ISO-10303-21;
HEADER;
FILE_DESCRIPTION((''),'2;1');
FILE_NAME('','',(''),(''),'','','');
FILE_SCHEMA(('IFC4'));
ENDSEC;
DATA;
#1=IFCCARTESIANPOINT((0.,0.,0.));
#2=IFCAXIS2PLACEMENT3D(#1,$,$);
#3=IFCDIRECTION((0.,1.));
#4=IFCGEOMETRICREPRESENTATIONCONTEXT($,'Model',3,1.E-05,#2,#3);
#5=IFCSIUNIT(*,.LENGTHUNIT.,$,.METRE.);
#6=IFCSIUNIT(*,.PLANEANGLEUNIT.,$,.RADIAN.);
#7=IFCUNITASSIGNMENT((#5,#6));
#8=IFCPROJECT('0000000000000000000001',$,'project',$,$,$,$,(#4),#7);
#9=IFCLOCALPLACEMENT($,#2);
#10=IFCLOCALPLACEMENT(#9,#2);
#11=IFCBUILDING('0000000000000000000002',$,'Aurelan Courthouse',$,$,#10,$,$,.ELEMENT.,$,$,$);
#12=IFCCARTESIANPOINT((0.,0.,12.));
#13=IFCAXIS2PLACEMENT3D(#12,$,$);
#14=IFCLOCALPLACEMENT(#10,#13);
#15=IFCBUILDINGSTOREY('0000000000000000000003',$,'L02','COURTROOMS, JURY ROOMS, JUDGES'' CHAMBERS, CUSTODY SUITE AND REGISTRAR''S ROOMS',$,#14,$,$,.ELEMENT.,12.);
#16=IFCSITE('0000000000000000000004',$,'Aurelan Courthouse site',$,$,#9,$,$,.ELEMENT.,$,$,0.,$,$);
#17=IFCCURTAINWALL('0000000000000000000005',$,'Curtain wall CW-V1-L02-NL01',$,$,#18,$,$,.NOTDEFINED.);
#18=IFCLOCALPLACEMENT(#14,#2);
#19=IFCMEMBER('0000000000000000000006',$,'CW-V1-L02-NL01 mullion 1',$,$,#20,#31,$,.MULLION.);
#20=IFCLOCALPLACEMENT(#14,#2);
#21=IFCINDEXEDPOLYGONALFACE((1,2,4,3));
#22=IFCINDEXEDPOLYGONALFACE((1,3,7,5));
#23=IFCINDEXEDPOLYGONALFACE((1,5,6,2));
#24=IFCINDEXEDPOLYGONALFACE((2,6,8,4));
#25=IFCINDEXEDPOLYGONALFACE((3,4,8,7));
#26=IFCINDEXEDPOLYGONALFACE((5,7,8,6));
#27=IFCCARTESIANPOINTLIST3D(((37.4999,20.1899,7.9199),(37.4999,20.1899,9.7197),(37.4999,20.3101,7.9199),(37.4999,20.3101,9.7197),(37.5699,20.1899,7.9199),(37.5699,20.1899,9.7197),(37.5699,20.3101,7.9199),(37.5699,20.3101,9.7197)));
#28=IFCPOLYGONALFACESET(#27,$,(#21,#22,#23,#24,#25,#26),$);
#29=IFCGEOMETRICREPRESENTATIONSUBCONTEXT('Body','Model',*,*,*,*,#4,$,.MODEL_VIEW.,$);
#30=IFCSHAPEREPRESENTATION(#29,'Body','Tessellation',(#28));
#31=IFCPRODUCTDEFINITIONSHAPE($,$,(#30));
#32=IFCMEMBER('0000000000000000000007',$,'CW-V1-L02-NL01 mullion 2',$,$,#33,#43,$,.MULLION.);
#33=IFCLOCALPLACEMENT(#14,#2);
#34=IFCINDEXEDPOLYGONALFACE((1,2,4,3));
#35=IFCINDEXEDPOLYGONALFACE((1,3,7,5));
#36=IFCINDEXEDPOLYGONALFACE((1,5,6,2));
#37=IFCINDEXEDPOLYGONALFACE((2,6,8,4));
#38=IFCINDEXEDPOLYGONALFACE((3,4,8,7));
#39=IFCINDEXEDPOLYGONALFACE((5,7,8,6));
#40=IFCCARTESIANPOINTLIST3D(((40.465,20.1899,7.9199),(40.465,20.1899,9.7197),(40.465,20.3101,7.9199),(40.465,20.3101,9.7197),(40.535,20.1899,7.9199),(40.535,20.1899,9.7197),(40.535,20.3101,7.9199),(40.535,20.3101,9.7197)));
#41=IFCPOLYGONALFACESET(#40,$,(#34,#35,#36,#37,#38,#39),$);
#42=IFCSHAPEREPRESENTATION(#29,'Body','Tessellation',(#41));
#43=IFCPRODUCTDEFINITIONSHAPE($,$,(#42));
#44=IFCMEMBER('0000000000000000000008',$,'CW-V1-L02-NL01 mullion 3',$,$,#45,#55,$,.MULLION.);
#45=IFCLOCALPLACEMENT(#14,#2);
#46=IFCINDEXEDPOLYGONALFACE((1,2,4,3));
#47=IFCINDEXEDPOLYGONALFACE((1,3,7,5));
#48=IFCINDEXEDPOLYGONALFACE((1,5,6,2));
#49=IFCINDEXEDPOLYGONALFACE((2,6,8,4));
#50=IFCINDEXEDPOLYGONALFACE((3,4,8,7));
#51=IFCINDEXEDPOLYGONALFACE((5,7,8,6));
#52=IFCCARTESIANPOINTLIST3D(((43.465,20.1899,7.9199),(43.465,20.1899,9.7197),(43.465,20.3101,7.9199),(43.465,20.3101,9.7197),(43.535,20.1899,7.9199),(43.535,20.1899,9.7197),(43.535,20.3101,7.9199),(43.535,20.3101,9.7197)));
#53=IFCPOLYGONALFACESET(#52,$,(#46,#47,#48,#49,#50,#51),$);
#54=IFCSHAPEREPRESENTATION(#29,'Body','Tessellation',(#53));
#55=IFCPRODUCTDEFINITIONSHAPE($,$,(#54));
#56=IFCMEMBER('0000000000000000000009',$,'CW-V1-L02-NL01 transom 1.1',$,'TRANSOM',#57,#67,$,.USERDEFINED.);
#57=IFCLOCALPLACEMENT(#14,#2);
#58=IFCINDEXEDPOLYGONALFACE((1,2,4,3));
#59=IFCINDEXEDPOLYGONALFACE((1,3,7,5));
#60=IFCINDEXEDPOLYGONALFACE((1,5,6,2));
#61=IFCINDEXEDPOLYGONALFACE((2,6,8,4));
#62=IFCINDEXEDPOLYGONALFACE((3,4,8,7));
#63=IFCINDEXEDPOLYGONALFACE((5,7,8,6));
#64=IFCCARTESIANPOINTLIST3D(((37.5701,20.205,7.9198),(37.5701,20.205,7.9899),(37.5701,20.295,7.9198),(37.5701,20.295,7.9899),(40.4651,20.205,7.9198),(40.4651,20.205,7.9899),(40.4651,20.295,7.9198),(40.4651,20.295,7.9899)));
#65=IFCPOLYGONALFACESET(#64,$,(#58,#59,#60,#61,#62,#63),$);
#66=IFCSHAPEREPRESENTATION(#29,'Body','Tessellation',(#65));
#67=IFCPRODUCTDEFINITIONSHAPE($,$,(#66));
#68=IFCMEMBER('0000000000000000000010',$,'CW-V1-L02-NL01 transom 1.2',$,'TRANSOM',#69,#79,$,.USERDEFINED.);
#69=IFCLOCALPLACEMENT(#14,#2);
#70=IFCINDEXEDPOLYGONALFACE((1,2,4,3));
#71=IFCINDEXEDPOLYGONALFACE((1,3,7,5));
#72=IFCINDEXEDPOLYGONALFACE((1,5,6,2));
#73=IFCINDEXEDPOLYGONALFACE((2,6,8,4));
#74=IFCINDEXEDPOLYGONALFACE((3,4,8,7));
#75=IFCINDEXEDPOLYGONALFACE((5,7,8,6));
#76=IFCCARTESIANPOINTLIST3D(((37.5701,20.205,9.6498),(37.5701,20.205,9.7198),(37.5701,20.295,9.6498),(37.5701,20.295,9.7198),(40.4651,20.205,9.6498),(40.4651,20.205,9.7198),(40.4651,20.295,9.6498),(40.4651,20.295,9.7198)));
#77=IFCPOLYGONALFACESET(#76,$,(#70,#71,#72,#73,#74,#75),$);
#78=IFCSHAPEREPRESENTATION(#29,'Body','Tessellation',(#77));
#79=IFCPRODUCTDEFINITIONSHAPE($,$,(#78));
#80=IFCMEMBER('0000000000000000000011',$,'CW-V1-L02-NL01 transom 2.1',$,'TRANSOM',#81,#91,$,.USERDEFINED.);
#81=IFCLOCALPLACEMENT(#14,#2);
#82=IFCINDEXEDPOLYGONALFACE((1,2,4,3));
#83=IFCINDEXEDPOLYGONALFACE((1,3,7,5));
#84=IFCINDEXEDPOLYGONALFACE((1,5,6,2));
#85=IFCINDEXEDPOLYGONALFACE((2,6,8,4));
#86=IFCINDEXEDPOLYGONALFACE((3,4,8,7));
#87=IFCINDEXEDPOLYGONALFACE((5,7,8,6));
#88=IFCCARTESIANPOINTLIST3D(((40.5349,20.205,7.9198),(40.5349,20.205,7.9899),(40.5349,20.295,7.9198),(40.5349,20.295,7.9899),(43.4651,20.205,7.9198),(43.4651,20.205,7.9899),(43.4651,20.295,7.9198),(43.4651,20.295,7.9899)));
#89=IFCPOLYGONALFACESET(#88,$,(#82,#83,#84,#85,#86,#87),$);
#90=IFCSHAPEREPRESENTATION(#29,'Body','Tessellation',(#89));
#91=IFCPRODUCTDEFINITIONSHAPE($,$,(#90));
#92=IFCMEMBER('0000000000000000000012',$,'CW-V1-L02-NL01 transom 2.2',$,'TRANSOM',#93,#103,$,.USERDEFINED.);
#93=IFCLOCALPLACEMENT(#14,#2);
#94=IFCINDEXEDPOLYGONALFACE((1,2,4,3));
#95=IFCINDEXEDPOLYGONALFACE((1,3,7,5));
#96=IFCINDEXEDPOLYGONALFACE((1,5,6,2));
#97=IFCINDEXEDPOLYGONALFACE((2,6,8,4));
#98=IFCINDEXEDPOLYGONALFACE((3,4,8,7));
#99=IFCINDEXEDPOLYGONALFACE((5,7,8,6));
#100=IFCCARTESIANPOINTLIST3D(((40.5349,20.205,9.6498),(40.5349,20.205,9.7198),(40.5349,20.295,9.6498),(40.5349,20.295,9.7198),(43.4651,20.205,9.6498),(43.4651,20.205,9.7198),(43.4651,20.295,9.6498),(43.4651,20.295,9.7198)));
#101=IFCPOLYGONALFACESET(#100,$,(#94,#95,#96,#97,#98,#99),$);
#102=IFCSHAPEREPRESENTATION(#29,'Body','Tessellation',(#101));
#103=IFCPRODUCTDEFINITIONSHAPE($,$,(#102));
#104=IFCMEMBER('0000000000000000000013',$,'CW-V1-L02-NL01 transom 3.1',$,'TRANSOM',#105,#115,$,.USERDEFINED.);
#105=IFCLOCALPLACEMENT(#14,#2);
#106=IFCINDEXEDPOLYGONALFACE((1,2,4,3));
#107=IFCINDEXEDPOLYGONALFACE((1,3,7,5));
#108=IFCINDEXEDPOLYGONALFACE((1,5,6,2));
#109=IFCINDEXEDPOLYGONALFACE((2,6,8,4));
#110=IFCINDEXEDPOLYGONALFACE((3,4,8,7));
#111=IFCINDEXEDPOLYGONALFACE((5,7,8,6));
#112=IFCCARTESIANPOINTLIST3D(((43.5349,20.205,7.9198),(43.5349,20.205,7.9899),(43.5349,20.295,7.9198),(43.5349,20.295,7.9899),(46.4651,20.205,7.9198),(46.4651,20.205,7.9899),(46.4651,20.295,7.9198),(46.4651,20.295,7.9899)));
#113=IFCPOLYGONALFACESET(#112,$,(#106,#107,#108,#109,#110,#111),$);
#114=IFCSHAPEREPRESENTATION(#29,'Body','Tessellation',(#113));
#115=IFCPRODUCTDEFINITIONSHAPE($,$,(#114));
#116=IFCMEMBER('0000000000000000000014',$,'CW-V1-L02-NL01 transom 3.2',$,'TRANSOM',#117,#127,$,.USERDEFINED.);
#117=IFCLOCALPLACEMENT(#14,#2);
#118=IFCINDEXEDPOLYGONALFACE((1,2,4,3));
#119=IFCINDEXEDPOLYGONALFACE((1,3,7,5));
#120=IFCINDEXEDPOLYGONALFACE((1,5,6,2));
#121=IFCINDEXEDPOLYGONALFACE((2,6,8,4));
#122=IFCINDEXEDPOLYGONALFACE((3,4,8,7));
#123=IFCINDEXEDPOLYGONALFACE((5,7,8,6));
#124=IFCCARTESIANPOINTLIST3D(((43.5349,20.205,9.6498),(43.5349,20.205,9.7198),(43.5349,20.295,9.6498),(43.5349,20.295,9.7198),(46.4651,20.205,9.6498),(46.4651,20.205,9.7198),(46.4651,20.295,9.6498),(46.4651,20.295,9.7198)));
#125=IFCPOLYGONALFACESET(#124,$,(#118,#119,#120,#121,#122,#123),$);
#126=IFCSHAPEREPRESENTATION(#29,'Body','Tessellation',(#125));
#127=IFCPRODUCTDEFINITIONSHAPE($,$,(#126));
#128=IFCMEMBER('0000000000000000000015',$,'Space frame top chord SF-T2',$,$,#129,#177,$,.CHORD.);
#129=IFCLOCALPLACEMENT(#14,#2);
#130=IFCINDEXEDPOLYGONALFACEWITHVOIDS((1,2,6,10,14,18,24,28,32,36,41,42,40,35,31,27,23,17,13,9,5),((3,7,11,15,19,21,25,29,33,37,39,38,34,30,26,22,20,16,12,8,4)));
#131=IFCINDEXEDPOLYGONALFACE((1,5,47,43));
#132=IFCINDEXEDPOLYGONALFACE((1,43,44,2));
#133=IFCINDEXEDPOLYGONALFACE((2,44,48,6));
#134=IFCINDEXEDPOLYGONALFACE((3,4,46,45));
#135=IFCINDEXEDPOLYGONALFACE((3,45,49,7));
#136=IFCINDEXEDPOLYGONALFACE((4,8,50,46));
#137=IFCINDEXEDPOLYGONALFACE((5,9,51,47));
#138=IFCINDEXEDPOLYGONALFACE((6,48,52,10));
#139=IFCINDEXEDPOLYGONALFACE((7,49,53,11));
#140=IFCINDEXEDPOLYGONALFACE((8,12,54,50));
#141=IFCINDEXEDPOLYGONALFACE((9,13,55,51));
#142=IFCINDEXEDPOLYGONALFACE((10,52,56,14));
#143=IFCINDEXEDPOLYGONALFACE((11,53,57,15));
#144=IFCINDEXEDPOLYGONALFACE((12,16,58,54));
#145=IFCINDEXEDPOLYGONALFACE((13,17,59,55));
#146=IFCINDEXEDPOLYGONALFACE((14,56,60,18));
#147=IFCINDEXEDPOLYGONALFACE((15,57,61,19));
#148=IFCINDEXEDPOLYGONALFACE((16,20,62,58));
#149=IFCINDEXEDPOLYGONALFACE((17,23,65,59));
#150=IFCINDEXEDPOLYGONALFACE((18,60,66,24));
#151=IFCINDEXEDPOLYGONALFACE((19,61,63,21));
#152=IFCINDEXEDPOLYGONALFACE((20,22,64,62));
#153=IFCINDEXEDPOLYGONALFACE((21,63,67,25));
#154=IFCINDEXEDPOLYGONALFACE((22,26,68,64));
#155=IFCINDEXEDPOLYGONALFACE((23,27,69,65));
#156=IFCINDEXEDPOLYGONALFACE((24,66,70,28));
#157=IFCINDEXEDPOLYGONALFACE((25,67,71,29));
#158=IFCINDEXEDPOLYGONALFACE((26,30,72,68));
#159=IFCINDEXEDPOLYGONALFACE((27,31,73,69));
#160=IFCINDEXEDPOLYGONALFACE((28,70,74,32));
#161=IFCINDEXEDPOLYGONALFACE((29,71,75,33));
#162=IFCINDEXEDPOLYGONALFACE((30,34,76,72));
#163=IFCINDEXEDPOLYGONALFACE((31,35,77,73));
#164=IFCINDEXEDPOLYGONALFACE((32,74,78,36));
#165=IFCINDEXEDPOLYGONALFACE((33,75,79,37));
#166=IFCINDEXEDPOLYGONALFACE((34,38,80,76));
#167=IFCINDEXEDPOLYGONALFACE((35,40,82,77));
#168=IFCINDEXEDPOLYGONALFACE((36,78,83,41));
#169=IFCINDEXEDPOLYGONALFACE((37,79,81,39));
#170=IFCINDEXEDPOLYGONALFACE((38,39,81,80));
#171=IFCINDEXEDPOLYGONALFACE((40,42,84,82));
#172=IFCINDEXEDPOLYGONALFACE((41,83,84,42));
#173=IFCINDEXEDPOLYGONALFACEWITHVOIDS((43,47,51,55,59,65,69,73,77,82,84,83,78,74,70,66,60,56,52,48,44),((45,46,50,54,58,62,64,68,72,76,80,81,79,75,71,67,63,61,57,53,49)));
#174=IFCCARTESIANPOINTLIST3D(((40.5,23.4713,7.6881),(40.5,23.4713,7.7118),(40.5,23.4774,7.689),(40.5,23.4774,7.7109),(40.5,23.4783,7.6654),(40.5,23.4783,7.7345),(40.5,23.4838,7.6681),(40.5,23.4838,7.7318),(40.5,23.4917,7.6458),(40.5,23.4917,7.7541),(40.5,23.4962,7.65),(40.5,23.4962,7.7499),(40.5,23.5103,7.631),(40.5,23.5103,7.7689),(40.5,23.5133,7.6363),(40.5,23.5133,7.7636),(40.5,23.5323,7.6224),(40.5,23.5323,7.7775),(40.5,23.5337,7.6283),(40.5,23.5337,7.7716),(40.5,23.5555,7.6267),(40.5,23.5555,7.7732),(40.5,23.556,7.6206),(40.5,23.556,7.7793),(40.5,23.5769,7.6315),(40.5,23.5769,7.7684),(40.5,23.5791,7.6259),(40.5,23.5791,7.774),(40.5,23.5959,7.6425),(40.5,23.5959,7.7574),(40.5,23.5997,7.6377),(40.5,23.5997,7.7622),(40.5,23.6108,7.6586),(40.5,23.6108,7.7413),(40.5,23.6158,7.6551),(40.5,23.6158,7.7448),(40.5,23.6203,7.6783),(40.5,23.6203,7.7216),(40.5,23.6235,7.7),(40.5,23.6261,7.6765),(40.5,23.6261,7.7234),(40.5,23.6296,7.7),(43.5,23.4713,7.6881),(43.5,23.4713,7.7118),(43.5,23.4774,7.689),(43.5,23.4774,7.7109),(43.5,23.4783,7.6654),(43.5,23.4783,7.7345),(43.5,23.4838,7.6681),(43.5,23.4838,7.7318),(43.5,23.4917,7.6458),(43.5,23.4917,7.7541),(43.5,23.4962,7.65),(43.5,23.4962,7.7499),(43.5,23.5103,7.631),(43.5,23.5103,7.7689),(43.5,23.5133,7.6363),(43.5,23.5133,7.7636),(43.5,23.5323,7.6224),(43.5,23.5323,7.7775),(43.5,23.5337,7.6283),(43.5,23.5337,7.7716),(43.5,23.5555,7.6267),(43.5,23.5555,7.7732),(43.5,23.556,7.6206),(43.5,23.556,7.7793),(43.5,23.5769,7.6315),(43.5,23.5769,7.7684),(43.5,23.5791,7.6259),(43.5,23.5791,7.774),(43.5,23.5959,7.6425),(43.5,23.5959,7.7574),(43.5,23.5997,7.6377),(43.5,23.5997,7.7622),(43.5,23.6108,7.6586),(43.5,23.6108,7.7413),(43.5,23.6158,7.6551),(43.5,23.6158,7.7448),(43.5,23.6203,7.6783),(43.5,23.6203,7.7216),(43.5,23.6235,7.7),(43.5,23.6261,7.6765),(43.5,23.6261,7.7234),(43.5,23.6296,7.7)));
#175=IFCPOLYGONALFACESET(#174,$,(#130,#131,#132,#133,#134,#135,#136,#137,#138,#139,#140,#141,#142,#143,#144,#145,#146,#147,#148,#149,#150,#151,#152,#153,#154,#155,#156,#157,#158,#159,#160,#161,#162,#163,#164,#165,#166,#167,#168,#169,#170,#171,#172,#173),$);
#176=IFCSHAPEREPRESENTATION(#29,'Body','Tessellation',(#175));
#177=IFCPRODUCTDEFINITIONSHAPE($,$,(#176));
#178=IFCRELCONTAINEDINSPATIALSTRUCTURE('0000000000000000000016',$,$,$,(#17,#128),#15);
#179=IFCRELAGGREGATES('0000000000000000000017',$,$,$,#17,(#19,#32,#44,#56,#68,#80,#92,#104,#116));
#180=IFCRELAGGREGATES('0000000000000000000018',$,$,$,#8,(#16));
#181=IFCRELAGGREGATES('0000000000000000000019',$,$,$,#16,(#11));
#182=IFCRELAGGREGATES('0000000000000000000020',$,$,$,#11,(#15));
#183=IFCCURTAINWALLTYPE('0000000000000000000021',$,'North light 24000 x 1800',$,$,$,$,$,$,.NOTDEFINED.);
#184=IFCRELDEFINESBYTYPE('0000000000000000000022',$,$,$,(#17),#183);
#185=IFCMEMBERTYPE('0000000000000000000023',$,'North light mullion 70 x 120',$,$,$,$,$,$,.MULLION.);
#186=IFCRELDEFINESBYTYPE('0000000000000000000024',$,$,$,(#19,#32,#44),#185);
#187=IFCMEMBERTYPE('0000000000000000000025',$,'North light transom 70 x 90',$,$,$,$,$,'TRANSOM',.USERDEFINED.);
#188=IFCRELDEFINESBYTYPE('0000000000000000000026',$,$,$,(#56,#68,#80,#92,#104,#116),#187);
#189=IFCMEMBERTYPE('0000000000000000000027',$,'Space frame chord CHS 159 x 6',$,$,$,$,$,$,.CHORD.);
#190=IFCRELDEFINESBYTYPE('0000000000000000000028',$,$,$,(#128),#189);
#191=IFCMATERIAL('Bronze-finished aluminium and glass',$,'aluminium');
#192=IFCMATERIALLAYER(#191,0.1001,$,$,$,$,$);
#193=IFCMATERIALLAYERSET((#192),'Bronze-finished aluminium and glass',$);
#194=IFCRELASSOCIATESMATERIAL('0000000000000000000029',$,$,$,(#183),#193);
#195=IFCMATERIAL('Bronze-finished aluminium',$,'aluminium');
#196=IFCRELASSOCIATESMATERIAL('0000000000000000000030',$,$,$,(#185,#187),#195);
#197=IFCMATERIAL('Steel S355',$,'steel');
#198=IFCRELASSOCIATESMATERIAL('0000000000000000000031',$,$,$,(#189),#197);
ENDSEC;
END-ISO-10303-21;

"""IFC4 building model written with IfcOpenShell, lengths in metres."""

from ifc_helpers import new_model, si_unit, direction, frame, origin, origin_2d, place, context, subcontext, project, spatial, rectangle, hollow_circle, extrude, material, layer, layer_set, material_profile, profile_set, type_object, element, aggregate, save


model = new_model("IFC4")

# Units and contexts
model_context = context("Model", 3, precision=1e-05, world=origin(), true_north=direction((0.0, 1.0)))
body_context = subcontext(model_context, "Body", "Model", "MODEL_VIEW")
ifc_project = project(units=[si_unit("LENGTHUNIT", "METRE"), si_unit("PLANEANGLEUNIT", "RADIAN")], contexts=[model_context])

# Site, building, storey
site_placement = place(None, origin())
site = spatial("IfcSite", under=ifc_project, at=site_placement, Name="Aurelan Courthouse site", CompositionType="ELEMENT", RefElevation=0.0)
building_placement = place(site_placement, origin())
building = spatial("IfcBuilding", under=site, at=building_placement, Name="Aurelan Courthouse", CompositionType="ELEMENT")
storey_placement = place(building_placement, frame((0.0, 0.0, 12.0)))
storey = spatial("IfcBuildingStorey", under=building, at=storey_placement, Name="L02", Description="COURTROOMS, JURY ROOMS, JUDGES' CHAMBERS, CUSTODY SUITE AND REGISTRAR'S ROOMS", CompositionType="ELEMENT", Elevation=12.0)

# Curtain wall, members
ifc_material_1 = material(Name="Bronze-finished aluminium and glass", Category="aluminium")
ifc_layer_1 = layer(ifc_material_1, 0.1001)
ifc_layer_set_1 = layer_set([ifc_layer_1], Name="Bronze-finished aluminium and glass")
curtain_wall_type = type_object("IfcCurtainWallType", Name="North light 24000 x 1800", PredefinedType="NOTDEFINED", material=ifc_layer_set_1)
curtain_wall_placement = place(storey_placement, origin())
curtain_wall = element("IfcCurtainWall", 1, at=curtain_wall_placement, inside=storey, type_object=curtain_wall_type, Name="Curtain wall CW-V1-L02-NL01", PredefinedType="NOTDEFINED")
ifc_material_2 = material(Name="Bronze-finished aluminium", Category="aluminium")
ifc_material_profile_1 = material_profile(ifc_material_2, rectangle(XDim=0.1201, YDim=0.0701, at=origin_2d()), Name="North light mullion 70 x 120")
ifc_profile_set_1 = profile_set([ifc_material_profile_1], Name="Bronze-finished aluminium")
member_type_1 = type_object("IfcMemberType", Name="North light mullion 70 x 120", PredefinedType="MULLION", material=ifc_profile_set_1)
member_1_placement = place(storey_placement, frame((37.5349, 20.25, 7.9199), z_axis=(0.0, 0.0, 1.0), x_axis=(0.0, 1.0, 0.0)))
member_1 = element("IfcMember", 2, at=member_1_placement, type_object=member_type_1, Name="CW-V1-L02-NL01 mullion 1", PredefinedType="MULLION", context=body_context, shape_type="SweptSolid", body=[
    extrude(rectangle(XDim=0.1201, YDim=0.0701, at=origin_2d()), origin(), (0.0, 0.0, 1.0), 1.7998),
])
member_2_placement = place(storey_placement, frame((40.5, 20.25, 7.9199), z_axis=(0.0, 0.0, 1.0), x_axis=(0.0, 1.0, 0.0)))
member_2 = element("IfcMember", 3, at=member_2_placement, type_object=member_type_1, Name="CW-V1-L02-NL01 mullion 2", PredefinedType="MULLION", context=body_context, shape_type="SweptSolid", body=[
    extrude(rectangle(XDim=0.1201, YDim=0.0701, at=origin_2d()), origin(), (0.0, 0.0, 1.0), 1.7998),
])
member_3_placement = place(storey_placement, frame((43.5, 20.25, 7.9199), z_axis=(0.0, 0.0, 1.0), x_axis=(0.0, 1.0, 0.0)))
member_3 = element("IfcMember", 4, at=member_3_placement, type_object=member_type_1, Name="CW-V1-L02-NL01 mullion 3", PredefinedType="MULLION", context=body_context, shape_type="SweptSolid", body=[
    extrude(rectangle(XDim=0.1201, YDim=0.0701, at=origin_2d()), origin(), (0.0, 0.0, 1.0), 1.7998),
])
ifc_material_profile_2 = material_profile(ifc_material_2, rectangle(XDim=0.0901, YDim=0.0701, at=origin_2d()), Name="North light transom 70 x 90")
ifc_profile_set_2 = profile_set([ifc_material_profile_2], Name="Bronze-finished aluminium")
member_type_2 = type_object("IfcMemberType", Name="North light transom 70 x 90", ElementType="TRANSOM", PredefinedType="USERDEFINED", material=ifc_profile_set_2)
member_4_placement = place(storey_placement, frame((37.5701, 20.25, 7.9548), z_axis=(1.0, 0.0, 0.0), x_axis=(0.0, 1.0, 0.0)))
member_4 = element("IfcMember", 5, at=member_4_placement, type_object=member_type_2, Name="CW-V1-L02-NL01 transom 1.1", ObjectType="TRANSOM", PredefinedType="USERDEFINED", context=body_context, shape_type="SweptSolid", body=[
    extrude(rectangle(XDim=0.0901, YDim=0.0701, at=origin_2d()), origin(), (0.0, 0.0, 1.0), 2.895),
])
member_5_placement = place(storey_placement, frame((37.5701, 20.25, 9.6848), z_axis=(1.0, 0.0, 0.0), x_axis=(0.0, 1.0, 0.0)))
member_5 = element("IfcMember", 6, at=member_5_placement, type_object=member_type_2, Name="CW-V1-L02-NL01 transom 1.2", ObjectType="TRANSOM", PredefinedType="USERDEFINED", context=body_context, shape_type="SweptSolid", body=[
    extrude(rectangle(XDim=0.0901, YDim=0.0701, at=origin_2d()), origin(), (0.0, 0.0, 1.0), 2.895),
])
member_6_placement = place(storey_placement, frame((40.5349, 20.25, 7.9548), z_axis=(1.0, 0.0, 0.0), x_axis=(0.0, 1.0, 0.0)))
member_6 = element("IfcMember", 7, at=member_6_placement, type_object=member_type_2, Name="CW-V1-L02-NL01 transom 2.1", ObjectType="TRANSOM", PredefinedType="USERDEFINED", context=body_context, shape_type="SweptSolid", body=[
    extrude(rectangle(XDim=0.0901, YDim=0.0701, at=origin_2d()), origin(), (0.0, 0.0, 1.0), 2.9302),
])
member_7_placement = place(storey_placement, frame((40.5349, 20.25, 9.6848), z_axis=(1.0, 0.0, 0.0), x_axis=(0.0, 1.0, 0.0)))
member_7 = element("IfcMember", 8, at=member_7_placement, type_object=member_type_2, Name="CW-V1-L02-NL01 transom 2.2", ObjectType="TRANSOM", PredefinedType="USERDEFINED", context=body_context, shape_type="SweptSolid", body=[
    extrude(rectangle(XDim=0.0901, YDim=0.0701, at=origin_2d()), origin(), (0.0, 0.0, 1.0), 2.9302),
])
member_8_placement = place(storey_placement, frame((43.5349, 20.25, 7.9548), z_axis=(1.0, 0.0, 0.0), x_axis=(0.0, 1.0, 0.0)))
member_8 = element("IfcMember", 9, at=member_8_placement, type_object=member_type_2, Name="CW-V1-L02-NL01 transom 3.1", ObjectType="TRANSOM", PredefinedType="USERDEFINED", context=body_context, shape_type="SweptSolid", body=[
    extrude(rectangle(XDim=0.0901, YDim=0.0701, at=origin_2d()), origin(), (0.0, 0.0, 1.0), 2.9302),
])
member_9_placement = place(storey_placement, frame((43.5349, 20.25, 9.6848), z_axis=(1.0, 0.0, 0.0), x_axis=(0.0, 1.0, 0.0)))
member_9 = element("IfcMember", 10, at=member_9_placement, type_object=member_type_2, Name="CW-V1-L02-NL01 transom 3.2", ObjectType="TRANSOM", PredefinedType="USERDEFINED", context=body_context, shape_type="SweptSolid", body=[
    extrude(rectangle(XDim=0.0901, YDim=0.0701, at=origin_2d()), origin(), (0.0, 0.0, 1.0), 2.9302),
])

# Member
ifc_material_3 = material(Name="Steel S355", Category="steel")
ifc_material_profile_3 = material_profile(ifc_material_3, hollow_circle(Radius=0.0796, WallThickness=0.0061, at=origin_2d()), Name="CHS 159 x 6")
ifc_profile_set_3 = profile_set([ifc_material_profile_3], Name="Steel S355")
member_type_3 = type_object("IfcMemberType", Name="Space frame chord CHS 159 x 6", PredefinedType="CHORD", material=ifc_profile_set_3)
for number, where, z_axis, x_axis, name in (
    (11, (40.5, 23.55, 7.7), (1.0, 0.0, 0.0), (0.0, 1.0, 0.0), "Space frame top chord SF-T2"),
):
    element("IfcMember", number, at=place(storey_placement, frame(where, z_axis=z_axis, x_axis=x_axis)), inside=storey, type_object=member_type_3, Name=name, PredefinedType="CHORD", context=body_context, shape_type="SweptSolid", body=[
        extrude(hollow_circle(Radius=0.0796, WallThickness=0.0061, at=origin_2d()), origin(), (0.0, 0.0, 1.0), 3.0),
    ])

aggregate(curtain_wall, [member_1, member_2, member_3, member_4, member_5, member_6, member_7, member_8, member_9])

save(model, "model.ifc")
